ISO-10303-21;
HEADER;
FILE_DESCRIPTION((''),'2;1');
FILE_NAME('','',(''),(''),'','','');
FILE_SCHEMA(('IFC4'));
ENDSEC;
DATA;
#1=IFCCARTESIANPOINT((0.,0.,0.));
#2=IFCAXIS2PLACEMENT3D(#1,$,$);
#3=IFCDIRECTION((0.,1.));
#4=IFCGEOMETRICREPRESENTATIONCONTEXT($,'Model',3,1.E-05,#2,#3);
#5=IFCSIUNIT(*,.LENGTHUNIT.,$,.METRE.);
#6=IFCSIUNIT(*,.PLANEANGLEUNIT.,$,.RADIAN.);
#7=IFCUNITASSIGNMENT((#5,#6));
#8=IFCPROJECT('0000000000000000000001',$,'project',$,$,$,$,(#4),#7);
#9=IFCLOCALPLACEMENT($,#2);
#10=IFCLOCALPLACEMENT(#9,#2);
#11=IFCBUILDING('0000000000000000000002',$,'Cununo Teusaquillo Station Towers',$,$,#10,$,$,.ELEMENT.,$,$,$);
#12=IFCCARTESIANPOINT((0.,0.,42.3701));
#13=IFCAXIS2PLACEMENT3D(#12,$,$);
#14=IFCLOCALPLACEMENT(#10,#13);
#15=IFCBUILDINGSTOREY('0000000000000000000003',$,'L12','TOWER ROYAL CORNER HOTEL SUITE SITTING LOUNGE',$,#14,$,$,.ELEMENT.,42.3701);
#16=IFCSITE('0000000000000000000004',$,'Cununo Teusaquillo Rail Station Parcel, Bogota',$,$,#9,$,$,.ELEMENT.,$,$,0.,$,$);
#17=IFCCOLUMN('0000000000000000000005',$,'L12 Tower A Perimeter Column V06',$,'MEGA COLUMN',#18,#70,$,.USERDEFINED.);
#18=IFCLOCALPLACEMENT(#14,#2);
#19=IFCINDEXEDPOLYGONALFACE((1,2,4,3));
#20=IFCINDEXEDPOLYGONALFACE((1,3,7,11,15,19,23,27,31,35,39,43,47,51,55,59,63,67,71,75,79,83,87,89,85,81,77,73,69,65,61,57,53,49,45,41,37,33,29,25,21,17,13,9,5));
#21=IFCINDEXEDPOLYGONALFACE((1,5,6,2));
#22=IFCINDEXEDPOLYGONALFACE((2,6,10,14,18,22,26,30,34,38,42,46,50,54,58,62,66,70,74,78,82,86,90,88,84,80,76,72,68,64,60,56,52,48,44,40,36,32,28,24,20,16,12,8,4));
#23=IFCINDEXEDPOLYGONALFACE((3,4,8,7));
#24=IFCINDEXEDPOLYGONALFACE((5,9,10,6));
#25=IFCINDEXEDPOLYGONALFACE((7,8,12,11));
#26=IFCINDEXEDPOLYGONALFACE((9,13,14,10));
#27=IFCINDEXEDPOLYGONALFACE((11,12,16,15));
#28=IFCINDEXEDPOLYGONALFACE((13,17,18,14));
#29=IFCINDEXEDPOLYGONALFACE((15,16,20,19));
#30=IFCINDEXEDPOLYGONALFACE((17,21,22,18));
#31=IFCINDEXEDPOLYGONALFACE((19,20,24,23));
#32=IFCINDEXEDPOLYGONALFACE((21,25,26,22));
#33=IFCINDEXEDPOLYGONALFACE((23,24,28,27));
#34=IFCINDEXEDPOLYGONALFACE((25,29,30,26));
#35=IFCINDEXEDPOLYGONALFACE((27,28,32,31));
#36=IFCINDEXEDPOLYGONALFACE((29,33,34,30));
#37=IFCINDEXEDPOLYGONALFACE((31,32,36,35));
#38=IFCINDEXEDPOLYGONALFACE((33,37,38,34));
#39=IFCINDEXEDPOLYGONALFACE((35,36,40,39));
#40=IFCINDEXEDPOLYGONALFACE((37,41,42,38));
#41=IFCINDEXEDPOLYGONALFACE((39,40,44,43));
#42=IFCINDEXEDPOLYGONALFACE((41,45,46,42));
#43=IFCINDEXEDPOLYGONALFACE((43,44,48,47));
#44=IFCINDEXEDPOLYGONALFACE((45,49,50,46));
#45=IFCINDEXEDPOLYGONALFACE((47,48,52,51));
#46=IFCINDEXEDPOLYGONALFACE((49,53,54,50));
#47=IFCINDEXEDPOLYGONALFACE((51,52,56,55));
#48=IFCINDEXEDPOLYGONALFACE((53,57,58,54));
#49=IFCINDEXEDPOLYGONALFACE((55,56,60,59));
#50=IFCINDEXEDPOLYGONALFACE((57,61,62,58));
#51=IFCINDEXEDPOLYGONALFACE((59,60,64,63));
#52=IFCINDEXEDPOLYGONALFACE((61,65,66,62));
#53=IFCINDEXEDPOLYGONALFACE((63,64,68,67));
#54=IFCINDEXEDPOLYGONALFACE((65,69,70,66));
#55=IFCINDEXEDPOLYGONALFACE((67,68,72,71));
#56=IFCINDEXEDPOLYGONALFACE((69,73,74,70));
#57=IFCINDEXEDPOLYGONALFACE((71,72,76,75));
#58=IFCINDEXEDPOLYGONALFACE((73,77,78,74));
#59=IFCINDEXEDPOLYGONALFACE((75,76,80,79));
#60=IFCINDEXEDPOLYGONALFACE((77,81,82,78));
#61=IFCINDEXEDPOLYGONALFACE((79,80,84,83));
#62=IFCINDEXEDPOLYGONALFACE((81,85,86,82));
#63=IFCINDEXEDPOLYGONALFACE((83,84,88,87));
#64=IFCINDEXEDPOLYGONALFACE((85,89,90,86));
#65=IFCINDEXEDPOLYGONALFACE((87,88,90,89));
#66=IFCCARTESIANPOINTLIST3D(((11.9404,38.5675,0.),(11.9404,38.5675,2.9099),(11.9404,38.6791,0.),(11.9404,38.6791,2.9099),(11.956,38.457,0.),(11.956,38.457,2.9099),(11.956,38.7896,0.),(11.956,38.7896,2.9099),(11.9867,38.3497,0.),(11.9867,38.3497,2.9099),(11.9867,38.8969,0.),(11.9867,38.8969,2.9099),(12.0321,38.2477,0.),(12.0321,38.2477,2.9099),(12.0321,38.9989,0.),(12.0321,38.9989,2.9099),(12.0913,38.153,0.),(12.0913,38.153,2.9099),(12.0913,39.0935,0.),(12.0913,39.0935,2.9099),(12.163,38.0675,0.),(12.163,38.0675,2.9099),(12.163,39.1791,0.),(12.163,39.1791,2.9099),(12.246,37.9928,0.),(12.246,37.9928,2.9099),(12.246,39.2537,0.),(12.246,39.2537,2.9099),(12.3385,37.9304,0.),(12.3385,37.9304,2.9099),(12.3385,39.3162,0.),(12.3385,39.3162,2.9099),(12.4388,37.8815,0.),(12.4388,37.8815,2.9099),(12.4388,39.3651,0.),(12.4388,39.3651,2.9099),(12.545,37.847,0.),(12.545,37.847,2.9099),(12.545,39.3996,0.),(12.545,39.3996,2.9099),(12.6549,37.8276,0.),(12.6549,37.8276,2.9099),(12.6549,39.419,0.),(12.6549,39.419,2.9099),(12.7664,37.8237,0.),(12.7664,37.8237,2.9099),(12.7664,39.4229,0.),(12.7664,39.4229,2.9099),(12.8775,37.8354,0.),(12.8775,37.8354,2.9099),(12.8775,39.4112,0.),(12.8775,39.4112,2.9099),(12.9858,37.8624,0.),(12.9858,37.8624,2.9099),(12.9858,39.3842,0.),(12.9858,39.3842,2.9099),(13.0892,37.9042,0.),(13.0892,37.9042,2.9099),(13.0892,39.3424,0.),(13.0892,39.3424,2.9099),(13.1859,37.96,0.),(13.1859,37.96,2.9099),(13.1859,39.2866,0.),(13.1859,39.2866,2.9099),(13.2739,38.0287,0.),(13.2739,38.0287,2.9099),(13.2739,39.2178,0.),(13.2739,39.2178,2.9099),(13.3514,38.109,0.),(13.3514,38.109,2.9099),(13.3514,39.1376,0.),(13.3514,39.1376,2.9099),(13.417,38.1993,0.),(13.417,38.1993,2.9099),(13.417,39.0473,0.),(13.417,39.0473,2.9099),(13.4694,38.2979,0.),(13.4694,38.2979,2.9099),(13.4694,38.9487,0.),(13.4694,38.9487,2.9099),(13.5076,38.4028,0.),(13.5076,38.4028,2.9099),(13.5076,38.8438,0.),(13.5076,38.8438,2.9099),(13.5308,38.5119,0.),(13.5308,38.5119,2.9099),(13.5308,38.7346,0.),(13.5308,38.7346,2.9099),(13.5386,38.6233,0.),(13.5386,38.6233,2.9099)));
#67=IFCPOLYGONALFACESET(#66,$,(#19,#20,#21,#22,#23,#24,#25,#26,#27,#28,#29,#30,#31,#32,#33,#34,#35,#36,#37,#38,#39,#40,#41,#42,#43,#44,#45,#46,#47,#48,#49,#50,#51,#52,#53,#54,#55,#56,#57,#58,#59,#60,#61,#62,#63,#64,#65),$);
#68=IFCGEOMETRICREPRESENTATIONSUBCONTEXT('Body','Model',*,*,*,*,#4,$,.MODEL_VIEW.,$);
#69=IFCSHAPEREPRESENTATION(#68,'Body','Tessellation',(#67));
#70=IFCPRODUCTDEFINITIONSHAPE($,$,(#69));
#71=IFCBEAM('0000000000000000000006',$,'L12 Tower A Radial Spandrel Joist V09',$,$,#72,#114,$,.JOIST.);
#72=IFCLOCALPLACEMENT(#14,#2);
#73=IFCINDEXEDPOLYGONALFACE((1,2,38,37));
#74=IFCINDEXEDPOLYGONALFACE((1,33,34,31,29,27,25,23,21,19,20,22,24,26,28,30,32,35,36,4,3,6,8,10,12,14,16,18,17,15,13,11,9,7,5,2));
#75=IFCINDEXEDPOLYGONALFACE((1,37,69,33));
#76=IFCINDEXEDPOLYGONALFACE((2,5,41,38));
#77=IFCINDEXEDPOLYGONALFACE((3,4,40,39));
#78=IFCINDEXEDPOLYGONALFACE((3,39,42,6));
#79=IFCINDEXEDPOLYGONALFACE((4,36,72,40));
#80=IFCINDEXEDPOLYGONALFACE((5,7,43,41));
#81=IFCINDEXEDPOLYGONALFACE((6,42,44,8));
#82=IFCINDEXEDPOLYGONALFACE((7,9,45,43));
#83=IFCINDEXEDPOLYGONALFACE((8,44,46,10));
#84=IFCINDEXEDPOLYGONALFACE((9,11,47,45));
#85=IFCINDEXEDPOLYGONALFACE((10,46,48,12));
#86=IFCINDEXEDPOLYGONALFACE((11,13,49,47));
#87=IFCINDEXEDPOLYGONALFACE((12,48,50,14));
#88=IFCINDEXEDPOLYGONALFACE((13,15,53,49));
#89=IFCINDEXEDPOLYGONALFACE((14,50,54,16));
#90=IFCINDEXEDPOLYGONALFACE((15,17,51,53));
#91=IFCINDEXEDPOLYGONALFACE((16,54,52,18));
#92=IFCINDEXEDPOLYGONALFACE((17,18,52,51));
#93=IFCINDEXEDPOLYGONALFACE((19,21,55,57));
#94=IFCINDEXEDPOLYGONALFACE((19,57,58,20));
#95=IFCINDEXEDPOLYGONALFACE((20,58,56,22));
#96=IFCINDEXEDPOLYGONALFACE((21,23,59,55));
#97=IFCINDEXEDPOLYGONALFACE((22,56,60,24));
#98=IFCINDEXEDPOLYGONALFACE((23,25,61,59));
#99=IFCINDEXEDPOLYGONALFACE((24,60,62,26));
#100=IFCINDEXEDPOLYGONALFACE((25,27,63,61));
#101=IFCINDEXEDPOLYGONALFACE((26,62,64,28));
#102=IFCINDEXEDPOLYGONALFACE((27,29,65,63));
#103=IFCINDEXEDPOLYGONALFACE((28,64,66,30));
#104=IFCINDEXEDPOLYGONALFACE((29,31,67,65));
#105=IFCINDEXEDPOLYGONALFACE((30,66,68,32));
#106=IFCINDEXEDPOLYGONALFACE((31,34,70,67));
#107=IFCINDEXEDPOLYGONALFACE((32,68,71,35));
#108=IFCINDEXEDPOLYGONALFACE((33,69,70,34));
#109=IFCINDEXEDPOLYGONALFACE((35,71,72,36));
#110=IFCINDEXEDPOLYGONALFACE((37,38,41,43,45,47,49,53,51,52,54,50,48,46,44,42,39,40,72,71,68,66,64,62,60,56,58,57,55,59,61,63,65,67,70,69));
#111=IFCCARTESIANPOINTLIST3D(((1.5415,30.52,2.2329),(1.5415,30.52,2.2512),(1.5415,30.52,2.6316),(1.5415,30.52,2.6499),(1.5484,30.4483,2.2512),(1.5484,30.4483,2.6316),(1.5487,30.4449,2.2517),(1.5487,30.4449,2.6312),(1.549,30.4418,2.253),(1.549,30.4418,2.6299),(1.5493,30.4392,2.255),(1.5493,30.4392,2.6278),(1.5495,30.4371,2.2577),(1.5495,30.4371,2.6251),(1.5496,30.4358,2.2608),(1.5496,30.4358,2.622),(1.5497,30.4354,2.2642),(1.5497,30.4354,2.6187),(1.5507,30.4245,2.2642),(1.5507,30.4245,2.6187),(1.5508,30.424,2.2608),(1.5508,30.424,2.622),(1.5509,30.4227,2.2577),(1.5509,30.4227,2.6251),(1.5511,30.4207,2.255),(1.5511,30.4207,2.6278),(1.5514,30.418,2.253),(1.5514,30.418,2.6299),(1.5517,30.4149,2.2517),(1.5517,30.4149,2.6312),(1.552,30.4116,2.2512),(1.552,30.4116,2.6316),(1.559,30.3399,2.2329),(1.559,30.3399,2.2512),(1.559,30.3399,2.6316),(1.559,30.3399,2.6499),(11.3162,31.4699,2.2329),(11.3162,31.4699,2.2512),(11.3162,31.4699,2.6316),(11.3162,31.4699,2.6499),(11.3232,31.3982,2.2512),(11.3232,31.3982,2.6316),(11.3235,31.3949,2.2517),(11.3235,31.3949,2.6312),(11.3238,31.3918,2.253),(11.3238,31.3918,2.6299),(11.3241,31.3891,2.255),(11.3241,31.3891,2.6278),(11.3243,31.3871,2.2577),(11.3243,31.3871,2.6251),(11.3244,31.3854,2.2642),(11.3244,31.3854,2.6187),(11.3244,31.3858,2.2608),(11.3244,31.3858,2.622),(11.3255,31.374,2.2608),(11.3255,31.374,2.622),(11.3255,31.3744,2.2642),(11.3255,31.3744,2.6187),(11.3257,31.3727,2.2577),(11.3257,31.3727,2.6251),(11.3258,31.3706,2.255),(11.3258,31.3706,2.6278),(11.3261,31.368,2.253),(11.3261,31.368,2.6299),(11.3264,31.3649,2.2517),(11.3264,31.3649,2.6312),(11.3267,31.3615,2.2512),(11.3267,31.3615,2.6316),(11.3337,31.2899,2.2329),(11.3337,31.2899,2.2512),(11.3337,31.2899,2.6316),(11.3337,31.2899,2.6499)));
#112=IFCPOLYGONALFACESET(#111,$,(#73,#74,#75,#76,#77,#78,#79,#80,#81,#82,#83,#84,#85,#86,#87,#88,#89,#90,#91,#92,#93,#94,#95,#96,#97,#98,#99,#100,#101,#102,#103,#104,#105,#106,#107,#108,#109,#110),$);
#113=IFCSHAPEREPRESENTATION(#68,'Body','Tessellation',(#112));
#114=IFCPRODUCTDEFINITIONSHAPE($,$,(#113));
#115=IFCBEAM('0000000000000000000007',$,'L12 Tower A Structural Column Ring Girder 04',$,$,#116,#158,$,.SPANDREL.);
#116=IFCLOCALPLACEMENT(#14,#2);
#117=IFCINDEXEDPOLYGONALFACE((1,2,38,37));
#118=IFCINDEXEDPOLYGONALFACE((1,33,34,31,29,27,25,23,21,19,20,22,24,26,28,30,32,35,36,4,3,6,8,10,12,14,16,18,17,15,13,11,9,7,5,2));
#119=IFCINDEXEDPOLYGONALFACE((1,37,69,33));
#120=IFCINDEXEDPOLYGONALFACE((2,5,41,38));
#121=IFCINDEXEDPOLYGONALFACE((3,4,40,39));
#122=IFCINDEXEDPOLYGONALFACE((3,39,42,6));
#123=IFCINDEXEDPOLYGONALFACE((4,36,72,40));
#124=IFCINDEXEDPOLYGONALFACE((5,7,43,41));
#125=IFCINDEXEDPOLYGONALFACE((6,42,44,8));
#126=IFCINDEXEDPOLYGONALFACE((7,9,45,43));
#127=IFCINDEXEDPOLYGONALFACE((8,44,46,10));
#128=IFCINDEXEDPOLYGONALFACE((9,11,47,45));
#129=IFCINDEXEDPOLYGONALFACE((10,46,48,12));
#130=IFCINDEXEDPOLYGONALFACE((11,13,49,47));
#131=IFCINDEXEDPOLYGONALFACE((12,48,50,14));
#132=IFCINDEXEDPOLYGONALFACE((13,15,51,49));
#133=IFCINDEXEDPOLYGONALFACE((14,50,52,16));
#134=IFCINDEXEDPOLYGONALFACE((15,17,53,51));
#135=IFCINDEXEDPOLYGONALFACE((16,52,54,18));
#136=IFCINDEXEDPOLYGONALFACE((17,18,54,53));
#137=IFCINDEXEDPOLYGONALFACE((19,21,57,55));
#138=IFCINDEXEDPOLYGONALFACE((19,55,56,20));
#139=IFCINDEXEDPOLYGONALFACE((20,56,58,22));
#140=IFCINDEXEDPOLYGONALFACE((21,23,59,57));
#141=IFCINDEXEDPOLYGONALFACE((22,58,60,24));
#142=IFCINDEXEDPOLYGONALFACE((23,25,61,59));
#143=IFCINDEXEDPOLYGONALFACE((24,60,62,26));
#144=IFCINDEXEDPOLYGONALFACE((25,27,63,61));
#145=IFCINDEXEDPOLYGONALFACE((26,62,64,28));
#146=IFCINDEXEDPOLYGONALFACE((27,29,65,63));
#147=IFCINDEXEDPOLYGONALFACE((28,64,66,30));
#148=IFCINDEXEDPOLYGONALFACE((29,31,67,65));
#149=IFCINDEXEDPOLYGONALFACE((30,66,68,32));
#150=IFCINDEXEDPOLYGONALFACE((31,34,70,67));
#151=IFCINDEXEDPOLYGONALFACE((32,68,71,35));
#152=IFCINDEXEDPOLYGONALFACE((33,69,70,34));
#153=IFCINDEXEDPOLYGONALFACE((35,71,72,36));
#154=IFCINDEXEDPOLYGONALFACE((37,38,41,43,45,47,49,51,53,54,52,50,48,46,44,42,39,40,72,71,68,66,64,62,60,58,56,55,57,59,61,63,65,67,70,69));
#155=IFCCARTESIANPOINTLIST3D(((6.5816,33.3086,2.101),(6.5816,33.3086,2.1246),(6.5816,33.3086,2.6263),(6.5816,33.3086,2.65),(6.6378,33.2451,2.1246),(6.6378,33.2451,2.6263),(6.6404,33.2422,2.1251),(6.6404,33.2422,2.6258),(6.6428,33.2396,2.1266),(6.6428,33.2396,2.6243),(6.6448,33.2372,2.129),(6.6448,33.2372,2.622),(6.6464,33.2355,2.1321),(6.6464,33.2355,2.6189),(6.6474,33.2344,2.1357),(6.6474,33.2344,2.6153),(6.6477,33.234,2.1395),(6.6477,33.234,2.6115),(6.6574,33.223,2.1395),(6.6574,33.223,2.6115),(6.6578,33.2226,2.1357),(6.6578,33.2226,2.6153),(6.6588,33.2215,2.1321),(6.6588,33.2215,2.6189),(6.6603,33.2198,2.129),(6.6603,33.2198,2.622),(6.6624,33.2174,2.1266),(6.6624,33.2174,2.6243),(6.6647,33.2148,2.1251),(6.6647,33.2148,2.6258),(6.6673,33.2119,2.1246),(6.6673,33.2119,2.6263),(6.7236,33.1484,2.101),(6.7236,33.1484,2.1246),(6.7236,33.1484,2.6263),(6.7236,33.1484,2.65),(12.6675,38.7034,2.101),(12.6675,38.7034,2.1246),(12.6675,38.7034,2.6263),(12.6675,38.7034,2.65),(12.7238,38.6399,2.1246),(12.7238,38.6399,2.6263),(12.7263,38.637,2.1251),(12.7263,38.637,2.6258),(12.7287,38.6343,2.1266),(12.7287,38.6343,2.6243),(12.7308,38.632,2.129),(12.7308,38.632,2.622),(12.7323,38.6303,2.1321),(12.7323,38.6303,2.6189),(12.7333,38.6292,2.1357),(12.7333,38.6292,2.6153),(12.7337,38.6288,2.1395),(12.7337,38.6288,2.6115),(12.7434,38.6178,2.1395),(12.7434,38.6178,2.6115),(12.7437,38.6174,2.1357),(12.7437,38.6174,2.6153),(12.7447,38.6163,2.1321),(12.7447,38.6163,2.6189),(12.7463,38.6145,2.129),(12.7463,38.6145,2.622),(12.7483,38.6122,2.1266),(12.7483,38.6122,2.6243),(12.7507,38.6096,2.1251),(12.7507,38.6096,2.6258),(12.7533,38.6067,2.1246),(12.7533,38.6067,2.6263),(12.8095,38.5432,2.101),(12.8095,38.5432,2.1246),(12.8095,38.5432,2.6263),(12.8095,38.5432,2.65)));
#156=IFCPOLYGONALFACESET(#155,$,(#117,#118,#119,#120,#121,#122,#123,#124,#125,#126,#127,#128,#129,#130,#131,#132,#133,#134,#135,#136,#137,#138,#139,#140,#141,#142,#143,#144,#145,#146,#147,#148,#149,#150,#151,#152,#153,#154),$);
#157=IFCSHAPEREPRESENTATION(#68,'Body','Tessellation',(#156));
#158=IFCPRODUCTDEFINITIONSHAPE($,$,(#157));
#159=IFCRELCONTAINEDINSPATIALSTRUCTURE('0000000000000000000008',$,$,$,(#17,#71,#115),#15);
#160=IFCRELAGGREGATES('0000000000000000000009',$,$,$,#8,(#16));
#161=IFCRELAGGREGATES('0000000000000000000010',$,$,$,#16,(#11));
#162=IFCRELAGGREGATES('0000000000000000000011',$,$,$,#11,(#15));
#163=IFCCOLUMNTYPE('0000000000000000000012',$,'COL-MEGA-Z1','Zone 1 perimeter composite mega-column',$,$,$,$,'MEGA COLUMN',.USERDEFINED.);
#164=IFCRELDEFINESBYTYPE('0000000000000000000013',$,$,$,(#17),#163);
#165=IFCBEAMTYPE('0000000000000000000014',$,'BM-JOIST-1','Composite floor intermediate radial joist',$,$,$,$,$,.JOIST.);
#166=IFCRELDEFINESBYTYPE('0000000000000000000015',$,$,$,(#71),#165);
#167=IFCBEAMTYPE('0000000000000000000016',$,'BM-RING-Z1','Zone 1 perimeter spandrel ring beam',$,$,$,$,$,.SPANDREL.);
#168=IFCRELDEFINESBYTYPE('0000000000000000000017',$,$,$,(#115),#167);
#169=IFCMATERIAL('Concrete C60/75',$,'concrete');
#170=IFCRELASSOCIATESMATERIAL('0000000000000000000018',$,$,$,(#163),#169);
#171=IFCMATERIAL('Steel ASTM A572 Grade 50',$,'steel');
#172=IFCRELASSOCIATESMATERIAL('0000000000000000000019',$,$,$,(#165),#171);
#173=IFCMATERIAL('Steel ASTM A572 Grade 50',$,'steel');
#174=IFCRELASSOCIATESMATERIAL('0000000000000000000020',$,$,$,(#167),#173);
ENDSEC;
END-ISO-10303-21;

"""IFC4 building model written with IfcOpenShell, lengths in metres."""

from ifc_helpers import new_model, si_unit, direction, frame, origin, origin_2d, place, context, subcontext, project, spatial, circle, i_section, extrude, material, material_profile, profile_set, type_object, element, save


model = new_model("IFC4")

# Units and contexts
model_context = context("Model", 3, precision=1e-05, world=origin(), true_north=direction((0.0, 1.0)))
body_context = subcontext(model_context, "Body", "Model", "MODEL_VIEW")
ifc_project = project(units=[si_unit("LENGTHUNIT", "METRE"), si_unit("PLANEANGLEUNIT", "RADIAN")], contexts=[model_context])

# Site, building, storey
site_placement = place(None, origin())
site = spatial("IfcSite", under=ifc_project, at=site_placement, Name="Cununo Teusaquillo Rail Station Parcel, Bogota", CompositionType="ELEMENT", RefElevation=0.0)
building_placement = place(site_placement, origin())
building = spatial("IfcBuilding", under=site, at=building_placement, Name="Cununo Teusaquillo Station Towers", CompositionType="ELEMENT")
storey_placement = place(building_placement, frame((0.0, 0.0, 42.3701)))
storey = spatial("IfcBuildingStorey", under=building, at=storey_placement, Name="L12", Description="TOWER ROYAL CORNER HOTEL SUITE SITTING LOUNGE", CompositionType="ELEMENT", Elevation=42.3701)

# Column
ifc_material_1 = material(Name="Concrete C60/75", Category="concrete")
ifc_material_profile_1 = material_profile(ifc_material_1, circle(Radius=0.8, at=origin_2d()), Name="RC-CIRC-1600")
ifc_profile_set_1 = profile_set([ifc_material_profile_1], Name="Concrete C60/75")
column_type = type_object("IfcColumnType", Name="COL-MEGA-Z1", Description="Zone 1 perimeter composite mega-column", ElementType="MEGA COLUMN", PredefinedType="USERDEFINED", material=ifc_profile_set_1)
column_placement = place(storey_placement, frame((12.7385, 38.6233, 0.0), z_axis=(0.0, 0.0, 1.0), x_axis=(1.0, 0.0, 0.0)))
element("IfcColumn", 1, at=column_placement, inside=storey, type_object=column_type, Name="L12 Tower A Perimeter Column V06", ObjectType="MEGA COLUMN", PredefinedType="USERDEFINED", context=body_context, shape_type="SweptSolid", body=[
    extrude(circle(Radius=0.8, at=origin_2d()), origin(), (0.0, 0.0, 1.0), 2.9099),
])

# Beams
ifc_material_2 = material(Name="Steel ASTM A572 Grade 50", Category="steel")
ifc_material_profile_2 = material_profile(ifc_material_2, i_section(OverallWidth=0.1809, OverallDepth=0.417, WebThickness=0.011, FlangeThickness=0.0183, FilletRadius=0.0129, at=origin_2d()), Name="W16X57")
ifc_profile_set_2 = profile_set([ifc_material_profile_2], Name="Steel ASTM A572 Grade 50")
beam_type_1 = type_object("IfcBeamType", Name="BM-JOIST-1", Description="Composite floor intermediate radial joist", PredefinedType="JOIST", material=ifc_profile_set_2)
beam_1_placement = place(storey_placement, frame((11.325, 31.3799, 2.4414), z_axis=(-0.995311, -0.096729, 0.0), x_axis=(0.096729, -0.995311, 0.0)))
element("IfcBeam", 2, at=beam_1_placement, inside=storey, type_object=beam_type_1, Name="L12 Tower A Radial Spandrel Joist V09", PredefinedType="JOIST", context=body_context, shape_type="SweptSolid", body=[
    extrude(i_section(OverallWidth=0.1809, OverallDepth=0.417, WebThickness=0.011, FlangeThickness=0.0183, FilletRadius=0.0129, at=origin_2d()), origin(), (0.0, 0.0, 1.0), 9.8208),
])
ifc_material_3 = material(Name="Steel ASTM A572 Grade 50", Category="steel")
ifc_material_profile_3 = material_profile(ifc_material_3, i_section(OverallWidth=0.2141, OverallDepth=0.5491, WebThickness=0.0146, FlangeThickness=0.0237, FilletRadius=0.0149, at=origin_2d()), Name="W21X93")
ifc_profile_set_3 = profile_set([ifc_material_profile_3], Name="Steel ASTM A572 Grade 50")
beam_type_2 = type_object("IfcBeamType", Name="BM-RING-Z1", Description="Zone 1 perimeter spandrel ring beam", PredefinedType="SPANDREL", material=ifc_profile_set_3)
beam_2_placement = place(storey_placement, frame((12.7385, 38.6233, 2.3755), z_axis=(-0.748321, -0.663337, 0.0), x_axis=(0.663337, -0.748321, 0.0)))
element("IfcBeam", 3, at=beam_2_placement, inside=storey, type_object=beam_type_2, Name="L12 Tower A Structural Column Ring Girder 04", PredefinedType="SPANDREL", context=body_context, shape_type="SweptSolid", body=[
    extrude(i_section(OverallWidth=0.2141, OverallDepth=0.5491, WebThickness=0.0146, FlangeThickness=0.0237, FilletRadius=0.0149, at=origin_2d()), origin(), (0.0, 0.0, 1.0), 8.1328),
])

save(model, "model.ifc")
